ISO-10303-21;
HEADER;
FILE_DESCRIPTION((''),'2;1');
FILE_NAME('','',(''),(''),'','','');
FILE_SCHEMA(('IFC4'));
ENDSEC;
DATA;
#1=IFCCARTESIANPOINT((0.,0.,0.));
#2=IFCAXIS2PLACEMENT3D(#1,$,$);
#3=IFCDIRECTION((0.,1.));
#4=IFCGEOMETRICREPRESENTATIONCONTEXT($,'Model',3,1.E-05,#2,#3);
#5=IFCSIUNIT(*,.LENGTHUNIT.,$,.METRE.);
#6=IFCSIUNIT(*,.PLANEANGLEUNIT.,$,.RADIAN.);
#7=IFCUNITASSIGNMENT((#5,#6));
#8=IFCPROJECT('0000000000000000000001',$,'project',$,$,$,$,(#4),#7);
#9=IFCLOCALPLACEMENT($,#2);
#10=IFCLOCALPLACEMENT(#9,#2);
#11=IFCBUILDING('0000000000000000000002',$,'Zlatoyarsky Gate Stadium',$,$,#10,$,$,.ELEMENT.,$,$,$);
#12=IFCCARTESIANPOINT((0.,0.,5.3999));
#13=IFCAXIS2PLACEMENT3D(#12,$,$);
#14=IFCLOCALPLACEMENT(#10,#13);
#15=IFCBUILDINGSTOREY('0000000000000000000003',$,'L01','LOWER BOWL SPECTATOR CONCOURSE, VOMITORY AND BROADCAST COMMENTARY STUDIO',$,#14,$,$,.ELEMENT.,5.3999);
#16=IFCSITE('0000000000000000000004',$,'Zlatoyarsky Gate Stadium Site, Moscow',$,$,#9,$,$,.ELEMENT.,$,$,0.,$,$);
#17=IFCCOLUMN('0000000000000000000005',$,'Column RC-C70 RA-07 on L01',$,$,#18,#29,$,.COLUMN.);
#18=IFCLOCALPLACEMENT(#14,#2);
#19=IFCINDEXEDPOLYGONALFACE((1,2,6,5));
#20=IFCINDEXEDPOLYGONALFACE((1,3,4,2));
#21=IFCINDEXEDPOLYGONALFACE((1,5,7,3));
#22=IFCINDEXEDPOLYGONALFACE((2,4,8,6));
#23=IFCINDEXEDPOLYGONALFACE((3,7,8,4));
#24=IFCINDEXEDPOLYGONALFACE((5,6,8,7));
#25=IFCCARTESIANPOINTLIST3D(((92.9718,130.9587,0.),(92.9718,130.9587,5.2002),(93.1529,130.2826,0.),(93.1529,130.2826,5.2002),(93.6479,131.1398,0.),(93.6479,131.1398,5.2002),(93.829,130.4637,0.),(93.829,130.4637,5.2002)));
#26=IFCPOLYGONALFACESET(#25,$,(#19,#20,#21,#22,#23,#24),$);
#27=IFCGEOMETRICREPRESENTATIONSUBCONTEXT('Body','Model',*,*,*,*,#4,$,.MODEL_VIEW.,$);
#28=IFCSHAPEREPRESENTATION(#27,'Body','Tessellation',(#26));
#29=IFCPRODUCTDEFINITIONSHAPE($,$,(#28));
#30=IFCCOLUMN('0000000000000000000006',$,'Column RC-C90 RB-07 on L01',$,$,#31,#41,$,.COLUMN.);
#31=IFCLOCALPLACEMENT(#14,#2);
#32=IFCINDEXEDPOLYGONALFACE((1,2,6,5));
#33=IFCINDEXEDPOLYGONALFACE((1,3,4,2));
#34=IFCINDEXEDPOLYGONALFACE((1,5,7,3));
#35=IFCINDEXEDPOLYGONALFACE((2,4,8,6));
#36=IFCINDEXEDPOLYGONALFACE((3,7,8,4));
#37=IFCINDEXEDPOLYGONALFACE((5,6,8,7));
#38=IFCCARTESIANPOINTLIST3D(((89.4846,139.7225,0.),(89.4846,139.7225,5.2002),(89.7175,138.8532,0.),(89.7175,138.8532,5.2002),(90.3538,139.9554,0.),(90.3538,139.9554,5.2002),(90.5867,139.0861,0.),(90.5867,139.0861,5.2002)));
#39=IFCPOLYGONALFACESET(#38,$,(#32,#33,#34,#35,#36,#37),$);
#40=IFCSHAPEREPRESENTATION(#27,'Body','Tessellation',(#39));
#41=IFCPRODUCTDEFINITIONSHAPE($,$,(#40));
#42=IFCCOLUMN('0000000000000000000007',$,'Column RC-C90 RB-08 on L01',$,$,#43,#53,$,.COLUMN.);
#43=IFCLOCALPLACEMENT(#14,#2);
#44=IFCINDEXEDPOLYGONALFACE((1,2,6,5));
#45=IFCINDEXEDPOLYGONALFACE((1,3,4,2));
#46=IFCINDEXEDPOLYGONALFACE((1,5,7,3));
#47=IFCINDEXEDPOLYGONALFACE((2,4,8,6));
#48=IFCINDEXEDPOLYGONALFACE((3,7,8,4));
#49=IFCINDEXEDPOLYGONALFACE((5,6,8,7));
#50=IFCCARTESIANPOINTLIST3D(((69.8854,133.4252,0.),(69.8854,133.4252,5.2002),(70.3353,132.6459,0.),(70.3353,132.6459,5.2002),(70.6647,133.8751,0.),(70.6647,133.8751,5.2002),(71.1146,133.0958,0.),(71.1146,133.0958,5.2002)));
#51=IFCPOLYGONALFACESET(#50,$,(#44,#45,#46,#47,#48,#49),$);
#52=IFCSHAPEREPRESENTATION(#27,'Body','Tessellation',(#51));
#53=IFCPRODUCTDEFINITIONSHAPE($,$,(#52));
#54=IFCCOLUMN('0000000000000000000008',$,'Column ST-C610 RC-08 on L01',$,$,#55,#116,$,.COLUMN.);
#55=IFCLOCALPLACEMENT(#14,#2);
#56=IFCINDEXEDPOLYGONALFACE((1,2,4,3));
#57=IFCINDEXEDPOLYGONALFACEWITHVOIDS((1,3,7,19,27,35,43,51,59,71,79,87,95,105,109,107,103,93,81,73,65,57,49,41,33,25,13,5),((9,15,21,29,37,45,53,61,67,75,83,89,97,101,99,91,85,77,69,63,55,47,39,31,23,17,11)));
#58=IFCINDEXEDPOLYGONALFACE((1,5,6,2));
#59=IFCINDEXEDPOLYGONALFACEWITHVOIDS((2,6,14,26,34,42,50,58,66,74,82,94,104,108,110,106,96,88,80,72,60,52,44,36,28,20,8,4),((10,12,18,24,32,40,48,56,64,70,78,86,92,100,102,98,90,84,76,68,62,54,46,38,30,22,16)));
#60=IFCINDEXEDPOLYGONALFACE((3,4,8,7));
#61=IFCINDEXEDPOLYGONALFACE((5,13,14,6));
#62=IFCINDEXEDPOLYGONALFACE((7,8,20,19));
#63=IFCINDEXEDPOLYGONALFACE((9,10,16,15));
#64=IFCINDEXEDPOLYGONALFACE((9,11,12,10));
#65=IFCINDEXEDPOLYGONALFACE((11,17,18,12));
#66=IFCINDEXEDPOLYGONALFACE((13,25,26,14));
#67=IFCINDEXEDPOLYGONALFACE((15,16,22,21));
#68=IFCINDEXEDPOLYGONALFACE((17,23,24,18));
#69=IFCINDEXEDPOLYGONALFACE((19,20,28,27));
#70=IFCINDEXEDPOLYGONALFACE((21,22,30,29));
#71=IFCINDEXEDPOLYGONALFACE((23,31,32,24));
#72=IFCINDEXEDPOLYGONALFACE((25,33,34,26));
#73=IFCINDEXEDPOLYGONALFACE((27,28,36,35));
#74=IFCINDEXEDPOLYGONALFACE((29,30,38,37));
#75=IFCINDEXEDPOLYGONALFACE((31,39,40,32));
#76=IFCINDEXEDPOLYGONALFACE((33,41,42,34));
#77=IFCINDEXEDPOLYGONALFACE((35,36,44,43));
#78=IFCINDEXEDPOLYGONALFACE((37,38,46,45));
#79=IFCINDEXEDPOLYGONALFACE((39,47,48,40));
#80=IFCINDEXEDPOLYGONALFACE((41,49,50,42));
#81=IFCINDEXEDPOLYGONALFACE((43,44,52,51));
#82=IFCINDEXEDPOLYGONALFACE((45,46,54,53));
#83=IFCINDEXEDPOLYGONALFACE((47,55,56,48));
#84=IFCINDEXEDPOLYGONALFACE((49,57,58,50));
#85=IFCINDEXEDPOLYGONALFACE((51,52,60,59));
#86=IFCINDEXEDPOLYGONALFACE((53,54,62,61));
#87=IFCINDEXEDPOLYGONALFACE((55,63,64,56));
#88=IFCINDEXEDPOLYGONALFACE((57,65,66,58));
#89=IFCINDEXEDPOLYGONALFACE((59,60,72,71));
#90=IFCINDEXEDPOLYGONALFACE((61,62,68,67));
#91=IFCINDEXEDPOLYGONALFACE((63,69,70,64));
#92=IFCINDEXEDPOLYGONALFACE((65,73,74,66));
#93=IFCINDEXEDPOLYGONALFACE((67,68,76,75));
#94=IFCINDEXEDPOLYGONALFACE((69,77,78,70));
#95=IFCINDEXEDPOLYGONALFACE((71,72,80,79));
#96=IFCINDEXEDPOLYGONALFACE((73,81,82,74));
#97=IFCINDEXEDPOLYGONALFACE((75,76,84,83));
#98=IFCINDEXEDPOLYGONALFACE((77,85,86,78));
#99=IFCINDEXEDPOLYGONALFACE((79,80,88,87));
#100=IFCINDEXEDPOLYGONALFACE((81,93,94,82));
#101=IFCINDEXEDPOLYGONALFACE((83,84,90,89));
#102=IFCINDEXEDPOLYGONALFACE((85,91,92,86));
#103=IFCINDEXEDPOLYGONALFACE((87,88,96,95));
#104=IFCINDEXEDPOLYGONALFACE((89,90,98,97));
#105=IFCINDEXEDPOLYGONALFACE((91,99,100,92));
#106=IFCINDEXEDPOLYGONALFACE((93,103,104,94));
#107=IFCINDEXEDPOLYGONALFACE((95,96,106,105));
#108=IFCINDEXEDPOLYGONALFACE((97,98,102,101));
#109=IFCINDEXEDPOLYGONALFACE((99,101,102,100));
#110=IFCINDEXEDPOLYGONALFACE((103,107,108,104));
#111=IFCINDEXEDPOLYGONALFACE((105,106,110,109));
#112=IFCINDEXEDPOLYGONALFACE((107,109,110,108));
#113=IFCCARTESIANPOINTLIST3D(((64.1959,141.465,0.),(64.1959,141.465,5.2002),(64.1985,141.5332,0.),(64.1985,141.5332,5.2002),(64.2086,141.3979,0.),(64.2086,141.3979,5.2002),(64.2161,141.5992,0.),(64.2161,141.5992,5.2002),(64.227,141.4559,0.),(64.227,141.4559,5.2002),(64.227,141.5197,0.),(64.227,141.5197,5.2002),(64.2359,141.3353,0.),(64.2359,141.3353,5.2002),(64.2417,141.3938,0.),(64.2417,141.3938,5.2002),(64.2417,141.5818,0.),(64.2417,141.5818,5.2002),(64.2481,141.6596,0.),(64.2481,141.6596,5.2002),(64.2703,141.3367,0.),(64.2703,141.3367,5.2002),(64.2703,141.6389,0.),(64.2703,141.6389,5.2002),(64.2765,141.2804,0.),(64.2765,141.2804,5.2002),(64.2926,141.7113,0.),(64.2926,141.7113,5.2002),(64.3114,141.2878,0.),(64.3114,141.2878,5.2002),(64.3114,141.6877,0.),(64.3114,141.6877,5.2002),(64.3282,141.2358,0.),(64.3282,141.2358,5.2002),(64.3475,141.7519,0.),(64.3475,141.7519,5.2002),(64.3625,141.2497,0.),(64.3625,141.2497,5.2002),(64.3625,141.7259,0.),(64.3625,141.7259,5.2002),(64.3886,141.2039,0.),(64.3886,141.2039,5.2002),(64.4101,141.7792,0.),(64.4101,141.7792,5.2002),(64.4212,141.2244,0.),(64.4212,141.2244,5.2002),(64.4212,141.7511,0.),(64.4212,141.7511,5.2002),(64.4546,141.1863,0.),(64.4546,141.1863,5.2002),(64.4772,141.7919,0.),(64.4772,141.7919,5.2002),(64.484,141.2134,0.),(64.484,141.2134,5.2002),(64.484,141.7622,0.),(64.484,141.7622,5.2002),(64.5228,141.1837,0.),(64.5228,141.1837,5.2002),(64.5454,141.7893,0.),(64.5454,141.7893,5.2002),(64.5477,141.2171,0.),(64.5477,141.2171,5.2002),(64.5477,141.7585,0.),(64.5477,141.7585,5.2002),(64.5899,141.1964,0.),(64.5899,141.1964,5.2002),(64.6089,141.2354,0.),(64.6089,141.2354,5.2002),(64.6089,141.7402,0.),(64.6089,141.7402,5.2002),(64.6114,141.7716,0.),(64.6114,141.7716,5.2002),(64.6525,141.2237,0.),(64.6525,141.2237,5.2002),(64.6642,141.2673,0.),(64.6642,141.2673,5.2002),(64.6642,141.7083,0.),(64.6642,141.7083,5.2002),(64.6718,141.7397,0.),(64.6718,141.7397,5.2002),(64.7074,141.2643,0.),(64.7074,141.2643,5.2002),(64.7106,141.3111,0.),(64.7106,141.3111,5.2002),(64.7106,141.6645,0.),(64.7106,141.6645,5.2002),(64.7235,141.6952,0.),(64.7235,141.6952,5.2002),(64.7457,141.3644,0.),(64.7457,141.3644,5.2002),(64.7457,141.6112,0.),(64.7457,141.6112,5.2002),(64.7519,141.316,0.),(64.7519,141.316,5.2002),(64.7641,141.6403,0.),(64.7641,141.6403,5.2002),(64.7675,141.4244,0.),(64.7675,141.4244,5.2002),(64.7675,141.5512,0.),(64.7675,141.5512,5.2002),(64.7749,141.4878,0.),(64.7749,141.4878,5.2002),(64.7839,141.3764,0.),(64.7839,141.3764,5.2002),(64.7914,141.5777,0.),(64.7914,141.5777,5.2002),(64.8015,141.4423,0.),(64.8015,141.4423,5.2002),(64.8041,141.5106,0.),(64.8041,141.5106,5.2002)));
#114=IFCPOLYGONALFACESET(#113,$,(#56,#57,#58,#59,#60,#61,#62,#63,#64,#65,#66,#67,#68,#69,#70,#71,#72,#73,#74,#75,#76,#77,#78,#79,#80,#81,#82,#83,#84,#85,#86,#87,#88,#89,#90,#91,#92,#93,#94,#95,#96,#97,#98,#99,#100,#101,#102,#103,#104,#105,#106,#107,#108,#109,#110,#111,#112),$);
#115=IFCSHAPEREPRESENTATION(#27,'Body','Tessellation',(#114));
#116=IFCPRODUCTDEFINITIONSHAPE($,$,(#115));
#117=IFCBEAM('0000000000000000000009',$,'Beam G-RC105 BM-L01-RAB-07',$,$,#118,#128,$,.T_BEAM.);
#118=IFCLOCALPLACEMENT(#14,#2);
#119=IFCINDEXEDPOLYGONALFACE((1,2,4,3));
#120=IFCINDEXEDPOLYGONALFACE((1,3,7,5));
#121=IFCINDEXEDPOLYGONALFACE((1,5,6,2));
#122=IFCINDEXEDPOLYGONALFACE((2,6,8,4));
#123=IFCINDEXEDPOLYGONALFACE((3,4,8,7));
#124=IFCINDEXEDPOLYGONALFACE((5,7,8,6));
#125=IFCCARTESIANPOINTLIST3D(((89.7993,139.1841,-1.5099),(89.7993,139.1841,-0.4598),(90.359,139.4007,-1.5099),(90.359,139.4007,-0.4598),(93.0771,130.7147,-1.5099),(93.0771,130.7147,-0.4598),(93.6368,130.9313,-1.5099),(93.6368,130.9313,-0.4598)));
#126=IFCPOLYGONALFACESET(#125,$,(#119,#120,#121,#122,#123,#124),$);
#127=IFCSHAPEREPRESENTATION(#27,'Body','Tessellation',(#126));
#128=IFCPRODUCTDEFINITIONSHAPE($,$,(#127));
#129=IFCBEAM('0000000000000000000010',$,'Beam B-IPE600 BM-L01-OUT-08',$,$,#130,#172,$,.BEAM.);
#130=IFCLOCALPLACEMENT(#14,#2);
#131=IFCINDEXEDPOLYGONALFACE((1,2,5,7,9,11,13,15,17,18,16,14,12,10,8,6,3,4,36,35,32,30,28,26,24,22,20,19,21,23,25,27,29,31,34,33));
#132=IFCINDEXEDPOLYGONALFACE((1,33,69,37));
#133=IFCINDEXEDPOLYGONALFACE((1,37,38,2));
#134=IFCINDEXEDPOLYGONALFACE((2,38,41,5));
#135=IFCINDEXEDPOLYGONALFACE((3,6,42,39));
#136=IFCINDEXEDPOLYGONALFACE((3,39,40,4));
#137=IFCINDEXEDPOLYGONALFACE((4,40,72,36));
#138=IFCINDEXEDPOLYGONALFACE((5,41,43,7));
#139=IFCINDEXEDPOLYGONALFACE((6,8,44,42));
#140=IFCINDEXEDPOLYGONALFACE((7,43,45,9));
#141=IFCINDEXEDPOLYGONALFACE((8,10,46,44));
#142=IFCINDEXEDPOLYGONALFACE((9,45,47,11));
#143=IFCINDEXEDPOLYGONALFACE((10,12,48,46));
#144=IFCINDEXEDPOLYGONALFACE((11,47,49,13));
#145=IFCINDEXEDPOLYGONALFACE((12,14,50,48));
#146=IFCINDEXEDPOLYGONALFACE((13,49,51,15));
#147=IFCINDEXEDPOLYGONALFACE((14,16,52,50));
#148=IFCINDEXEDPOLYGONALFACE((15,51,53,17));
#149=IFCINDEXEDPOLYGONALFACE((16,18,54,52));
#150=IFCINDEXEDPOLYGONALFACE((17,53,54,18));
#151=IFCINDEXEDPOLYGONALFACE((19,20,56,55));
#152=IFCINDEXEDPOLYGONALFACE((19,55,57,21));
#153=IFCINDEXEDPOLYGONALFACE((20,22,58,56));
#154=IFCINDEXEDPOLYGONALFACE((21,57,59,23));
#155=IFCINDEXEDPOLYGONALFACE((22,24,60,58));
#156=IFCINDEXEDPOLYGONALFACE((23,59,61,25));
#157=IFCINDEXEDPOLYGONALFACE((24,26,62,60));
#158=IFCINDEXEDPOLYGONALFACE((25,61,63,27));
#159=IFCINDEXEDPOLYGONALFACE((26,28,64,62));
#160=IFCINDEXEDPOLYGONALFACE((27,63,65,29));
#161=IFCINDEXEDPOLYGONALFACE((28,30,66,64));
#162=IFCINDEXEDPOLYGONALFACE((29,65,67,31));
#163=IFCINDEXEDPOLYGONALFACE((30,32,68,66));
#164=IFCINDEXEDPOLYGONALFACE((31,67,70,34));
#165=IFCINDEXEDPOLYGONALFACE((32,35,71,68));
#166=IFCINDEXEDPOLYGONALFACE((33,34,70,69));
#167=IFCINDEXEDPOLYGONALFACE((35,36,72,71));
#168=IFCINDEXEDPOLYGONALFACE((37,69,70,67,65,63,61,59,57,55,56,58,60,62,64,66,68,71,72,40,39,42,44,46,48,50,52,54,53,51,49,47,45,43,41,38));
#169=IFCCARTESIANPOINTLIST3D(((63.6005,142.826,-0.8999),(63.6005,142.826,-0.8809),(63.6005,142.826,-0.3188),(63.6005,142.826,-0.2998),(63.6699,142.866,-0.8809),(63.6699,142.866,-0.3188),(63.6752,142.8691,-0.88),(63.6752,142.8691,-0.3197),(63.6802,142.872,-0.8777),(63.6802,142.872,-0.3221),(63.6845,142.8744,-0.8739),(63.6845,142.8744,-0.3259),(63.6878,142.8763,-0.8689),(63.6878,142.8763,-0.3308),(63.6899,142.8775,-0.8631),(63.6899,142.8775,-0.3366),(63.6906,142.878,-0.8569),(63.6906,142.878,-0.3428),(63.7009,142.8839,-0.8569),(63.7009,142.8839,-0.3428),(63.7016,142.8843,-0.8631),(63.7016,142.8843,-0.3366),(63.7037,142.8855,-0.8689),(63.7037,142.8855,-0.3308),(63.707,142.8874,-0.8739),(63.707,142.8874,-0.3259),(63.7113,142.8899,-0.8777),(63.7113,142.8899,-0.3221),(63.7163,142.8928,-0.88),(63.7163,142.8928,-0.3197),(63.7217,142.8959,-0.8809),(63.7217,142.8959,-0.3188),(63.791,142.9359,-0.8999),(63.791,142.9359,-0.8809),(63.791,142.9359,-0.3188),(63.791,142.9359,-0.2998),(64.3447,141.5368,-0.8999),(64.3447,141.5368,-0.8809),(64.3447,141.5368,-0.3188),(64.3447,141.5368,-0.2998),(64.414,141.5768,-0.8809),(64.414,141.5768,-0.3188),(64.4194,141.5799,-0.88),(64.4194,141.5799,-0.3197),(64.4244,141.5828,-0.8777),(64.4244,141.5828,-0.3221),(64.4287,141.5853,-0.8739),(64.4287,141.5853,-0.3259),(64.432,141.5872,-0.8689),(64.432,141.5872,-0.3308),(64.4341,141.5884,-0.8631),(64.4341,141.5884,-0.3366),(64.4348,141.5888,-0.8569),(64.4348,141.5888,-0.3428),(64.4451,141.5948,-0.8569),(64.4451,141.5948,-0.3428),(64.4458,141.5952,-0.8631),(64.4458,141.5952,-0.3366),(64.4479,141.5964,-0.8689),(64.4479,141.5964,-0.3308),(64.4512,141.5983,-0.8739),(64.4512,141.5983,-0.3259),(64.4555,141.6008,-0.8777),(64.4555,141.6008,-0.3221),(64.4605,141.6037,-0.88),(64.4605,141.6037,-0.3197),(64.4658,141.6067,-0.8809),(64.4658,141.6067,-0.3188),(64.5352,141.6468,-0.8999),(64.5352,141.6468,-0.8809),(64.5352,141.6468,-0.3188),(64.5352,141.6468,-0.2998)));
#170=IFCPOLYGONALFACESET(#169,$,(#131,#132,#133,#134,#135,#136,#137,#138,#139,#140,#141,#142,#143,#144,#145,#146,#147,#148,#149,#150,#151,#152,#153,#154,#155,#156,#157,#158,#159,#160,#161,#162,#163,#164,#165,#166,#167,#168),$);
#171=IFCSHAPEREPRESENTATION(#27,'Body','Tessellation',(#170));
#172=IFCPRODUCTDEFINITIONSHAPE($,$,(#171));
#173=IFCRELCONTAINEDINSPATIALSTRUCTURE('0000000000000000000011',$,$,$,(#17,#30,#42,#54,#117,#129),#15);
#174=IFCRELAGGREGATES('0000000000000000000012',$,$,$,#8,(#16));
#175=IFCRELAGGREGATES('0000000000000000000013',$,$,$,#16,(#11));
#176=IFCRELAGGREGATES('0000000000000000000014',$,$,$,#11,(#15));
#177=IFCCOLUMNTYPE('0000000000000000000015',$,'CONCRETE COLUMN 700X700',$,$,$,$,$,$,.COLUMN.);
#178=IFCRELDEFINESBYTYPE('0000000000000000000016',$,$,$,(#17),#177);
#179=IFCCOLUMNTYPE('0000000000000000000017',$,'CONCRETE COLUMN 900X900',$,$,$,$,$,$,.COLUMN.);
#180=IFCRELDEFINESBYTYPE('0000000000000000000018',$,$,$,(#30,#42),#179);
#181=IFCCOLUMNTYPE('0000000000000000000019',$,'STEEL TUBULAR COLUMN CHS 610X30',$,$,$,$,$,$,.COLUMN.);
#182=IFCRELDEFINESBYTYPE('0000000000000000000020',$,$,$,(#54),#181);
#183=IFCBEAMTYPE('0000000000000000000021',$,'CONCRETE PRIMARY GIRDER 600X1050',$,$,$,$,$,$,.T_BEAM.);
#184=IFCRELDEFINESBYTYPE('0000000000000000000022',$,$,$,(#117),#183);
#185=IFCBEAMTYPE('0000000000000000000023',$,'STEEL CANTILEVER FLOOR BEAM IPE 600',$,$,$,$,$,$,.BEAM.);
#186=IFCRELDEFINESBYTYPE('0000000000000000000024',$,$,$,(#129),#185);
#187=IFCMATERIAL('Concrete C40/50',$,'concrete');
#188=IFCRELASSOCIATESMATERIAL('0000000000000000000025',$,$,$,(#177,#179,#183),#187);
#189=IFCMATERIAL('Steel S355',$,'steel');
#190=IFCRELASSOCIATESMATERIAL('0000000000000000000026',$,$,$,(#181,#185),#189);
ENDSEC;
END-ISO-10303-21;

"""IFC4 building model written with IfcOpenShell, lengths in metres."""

from ifc_helpers import new_model, si_unit, direction, frame, origin, origin_2d, place, context, subcontext, project, spatial, rectangle, hollow_circle, i_section, extrude, material, material_profile, profile_set, type_object, element, save


model = new_model("IFC4")

# Units and contexts
model_context = context("Model", 3, precision=1e-05, world=origin(), true_north=direction((0.0, 1.0)))
body_context = subcontext(model_context, "Body", "Model", "MODEL_VIEW")
ifc_project = project(units=[si_unit("LENGTHUNIT", "METRE"), si_unit("PLANEANGLEUNIT", "RADIAN")], contexts=[model_context])

# Site, building, storey
site_placement = place(None, origin())
site = spatial("IfcSite", under=ifc_project, at=site_placement, Name="Zlatoyarsky Gate Stadium Site, Moscow", CompositionType="ELEMENT", RefElevation=0.0)
building_placement = place(site_placement, origin())
building = spatial("IfcBuilding", under=site, at=building_placement, Name="Zlatoyarsky Gate Stadium", CompositionType="ELEMENT")
storey_placement = place(building_placement, frame((0.0, 0.0, 5.3999)))
storey = spatial("IfcBuildingStorey", under=building, at=storey_placement, Name="L01", Description="LOWER BOWL SPECTATOR CONCOURSE, VOMITORY AND BROADCAST COMMENTARY STUDIO", CompositionType="ELEMENT", Elevation=5.3999)

# Columns
ifc_material_1 = material(Name="Concrete C40/50", Category="concrete")
ifc_material_profile_1 = material_profile(ifc_material_1, rectangle(XDim=0.7, YDim=0.7, at=origin_2d()), Name="RC COL 700X700")
ifc_profile_set_1 = profile_set([ifc_material_profile_1], Name="Concrete C40/50")
column_type_1 = type_object("IfcColumnType", Name="CONCRETE COLUMN 700X700", PredefinedType="COLUMN", material=ifc_profile_set_1)
column_1_placement = place(storey_placement, frame((93.4004, 130.7112, 0.0), z_axis=(0.0, 0.0, 1.0), x_axis=(-0.258819, 0.965926, 0.0)))
element("IfcColumn", 1, at=column_1_placement, inside=storey, type_object=column_type_1, Name="Column RC-C70 RA-07 on L01", PredefinedType="COLUMN", context=body_context, shape_type="SweptSolid", body=[
    extrude(rectangle(XDim=0.7, YDim=0.7, at=origin_2d()), origin(), (0.0, 0.0, 1.0), 5.2002),
])
ifc_material_profile_2 = material_profile(ifc_material_1, rectangle(XDim=0.8999, YDim=0.8999, at=origin_2d()), Name="RC COL 900X900")
ifc_profile_set_2 = profile_set([ifc_material_profile_2], Name="Concrete C40/50")
column_type_2 = type_object("IfcColumnType", Name="CONCRETE COLUMN 900X900", PredefinedType="COLUMN", material=ifc_profile_set_2)
for number, where, z_axis, x_axis, name in (
    (2, (90.0356, 139.4043, 0.0), (0.0, 0.0, 1.0), (-0.258819, 0.965926, 0.0), "Column RC-C90 RB-07 on L01"),
    (3, (70.5, 133.2605, 0.0), (0.0, 0.0, 1.0), (-0.5, 0.866025, 0.0), "Column RC-C90 RB-08 on L01"),
):
    element("IfcColumn", number, at=place(storey_placement, frame(where, z_axis=z_axis, x_axis=x_axis)), inside=storey, type_object=column_type_2, Name=name, PredefinedType="COLUMN", context=body_context, shape_type="SweptSolid", body=[
        extrude(rectangle(XDim=0.8999, YDim=0.8999, at=origin_2d()), origin(), (0.0, 0.0, 1.0), 5.2002),
    ])
ifc_material_2 = material(Name="Steel S355", Category="steel")
ifc_material_profile_3 = material_profile(ifc_material_2, hollow_circle(Radius=0.3049, WallThickness=0.03, at=origin_2d()), Name="CHS 610X30")
ifc_profile_set_3 = profile_set([ifc_material_profile_3], Name="Steel S355")
column_type_3 = type_object("IfcColumnType", Name="STEEL TUBULAR COLUMN CHS 610X30", PredefinedType="COLUMN", material=ifc_profile_set_3)
column_2_placement = place(storey_placement, frame((64.5, 141.4878, 0.0), z_axis=(0.0, 0.0, 1.0), x_axis=(-0.5, 0.866025, 0.0)))
element("IfcColumn", 4, at=column_2_placement, inside=storey, type_object=column_type_3, Name="Column ST-C610 RC-08 on L01", PredefinedType="COLUMN", context=body_context, shape_type="SweptSolid", body=[
    extrude(hollow_circle(Radius=0.3049, WallThickness=0.03, at=origin_2d()), origin(), (0.0, 0.0, 1.0), 5.2002),
])

# Beams
ifc_material_profile_4 = material_profile(ifc_material_1, rectangle(XDim=0.6001, YDim=1.05, at=origin_2d()), Name="RC GIRDER 600X1050")
ifc_profile_set_4 = profile_set([ifc_material_profile_4], Name="Concrete C40/50")
beam_type_1 = type_object("IfcBeamType", Name="CONCRETE PRIMARY GIRDER 600X1050", PredefinedType="T_BEAM", material=ifc_profile_set_4)
beam_1_placement = place(storey_placement, frame((93.3569, 130.823, -0.9849), z_axis=(-0.360929, 0.932593, 0.0), x_axis=(-0.932593, -0.360929, 0.0)))
element("IfcBeam", 5, at=beam_1_placement, inside=storey, type_object=beam_type_1, Name="Beam G-RC105 BM-L01-RAB-07", PredefinedType="T_BEAM", context=body_context, shape_type="SweptSolid", body=[
    extrude(rectangle(XDim=0.6001, YDim=1.05, at=origin_2d()), origin(), (0.0, 0.0, 1.0), 9.0815),
])
ifc_material_profile_5 = material_profile(ifc_material_2, i_section(OverallWidth=0.22, OverallDepth=0.6001, WebThickness=0.012, FlangeThickness=0.019, FilletRadius=0.0239, at=origin_2d()), Name="IPE 600")
ifc_profile_set_5 = profile_set([ifc_material_profile_5], Name="Steel S355")
beam_type_2 = type_object("IfcBeamType", Name="STEEL CANTILEVER FLOOR BEAM IPE 600", PredefinedType="BEAM", material=ifc_profile_set_5)
beam_2_placement = place(storey_placement, frame((64.4399, 141.5918, -0.5999), z_axis=(-0.49995, 0.866054, 0.0), x_axis=(-0.866054, -0.49995, 0.0)))
element("IfcBeam", 6, at=beam_2_placement, inside=storey, type_object=beam_type_2, Name="Beam B-IPE600 BM-L01-OUT-08", PredefinedType="BEAM", context=body_context, shape_type="SweptSolid", body=[
    extrude(i_section(OverallWidth=0.22, OverallDepth=0.6001, WebThickness=0.012, FlangeThickness=0.019, FilletRadius=0.0239, at=origin_2d()), origin(), (0.0, 0.0, 1.0), 1.4885),
])

save(model, "model.ifc")
